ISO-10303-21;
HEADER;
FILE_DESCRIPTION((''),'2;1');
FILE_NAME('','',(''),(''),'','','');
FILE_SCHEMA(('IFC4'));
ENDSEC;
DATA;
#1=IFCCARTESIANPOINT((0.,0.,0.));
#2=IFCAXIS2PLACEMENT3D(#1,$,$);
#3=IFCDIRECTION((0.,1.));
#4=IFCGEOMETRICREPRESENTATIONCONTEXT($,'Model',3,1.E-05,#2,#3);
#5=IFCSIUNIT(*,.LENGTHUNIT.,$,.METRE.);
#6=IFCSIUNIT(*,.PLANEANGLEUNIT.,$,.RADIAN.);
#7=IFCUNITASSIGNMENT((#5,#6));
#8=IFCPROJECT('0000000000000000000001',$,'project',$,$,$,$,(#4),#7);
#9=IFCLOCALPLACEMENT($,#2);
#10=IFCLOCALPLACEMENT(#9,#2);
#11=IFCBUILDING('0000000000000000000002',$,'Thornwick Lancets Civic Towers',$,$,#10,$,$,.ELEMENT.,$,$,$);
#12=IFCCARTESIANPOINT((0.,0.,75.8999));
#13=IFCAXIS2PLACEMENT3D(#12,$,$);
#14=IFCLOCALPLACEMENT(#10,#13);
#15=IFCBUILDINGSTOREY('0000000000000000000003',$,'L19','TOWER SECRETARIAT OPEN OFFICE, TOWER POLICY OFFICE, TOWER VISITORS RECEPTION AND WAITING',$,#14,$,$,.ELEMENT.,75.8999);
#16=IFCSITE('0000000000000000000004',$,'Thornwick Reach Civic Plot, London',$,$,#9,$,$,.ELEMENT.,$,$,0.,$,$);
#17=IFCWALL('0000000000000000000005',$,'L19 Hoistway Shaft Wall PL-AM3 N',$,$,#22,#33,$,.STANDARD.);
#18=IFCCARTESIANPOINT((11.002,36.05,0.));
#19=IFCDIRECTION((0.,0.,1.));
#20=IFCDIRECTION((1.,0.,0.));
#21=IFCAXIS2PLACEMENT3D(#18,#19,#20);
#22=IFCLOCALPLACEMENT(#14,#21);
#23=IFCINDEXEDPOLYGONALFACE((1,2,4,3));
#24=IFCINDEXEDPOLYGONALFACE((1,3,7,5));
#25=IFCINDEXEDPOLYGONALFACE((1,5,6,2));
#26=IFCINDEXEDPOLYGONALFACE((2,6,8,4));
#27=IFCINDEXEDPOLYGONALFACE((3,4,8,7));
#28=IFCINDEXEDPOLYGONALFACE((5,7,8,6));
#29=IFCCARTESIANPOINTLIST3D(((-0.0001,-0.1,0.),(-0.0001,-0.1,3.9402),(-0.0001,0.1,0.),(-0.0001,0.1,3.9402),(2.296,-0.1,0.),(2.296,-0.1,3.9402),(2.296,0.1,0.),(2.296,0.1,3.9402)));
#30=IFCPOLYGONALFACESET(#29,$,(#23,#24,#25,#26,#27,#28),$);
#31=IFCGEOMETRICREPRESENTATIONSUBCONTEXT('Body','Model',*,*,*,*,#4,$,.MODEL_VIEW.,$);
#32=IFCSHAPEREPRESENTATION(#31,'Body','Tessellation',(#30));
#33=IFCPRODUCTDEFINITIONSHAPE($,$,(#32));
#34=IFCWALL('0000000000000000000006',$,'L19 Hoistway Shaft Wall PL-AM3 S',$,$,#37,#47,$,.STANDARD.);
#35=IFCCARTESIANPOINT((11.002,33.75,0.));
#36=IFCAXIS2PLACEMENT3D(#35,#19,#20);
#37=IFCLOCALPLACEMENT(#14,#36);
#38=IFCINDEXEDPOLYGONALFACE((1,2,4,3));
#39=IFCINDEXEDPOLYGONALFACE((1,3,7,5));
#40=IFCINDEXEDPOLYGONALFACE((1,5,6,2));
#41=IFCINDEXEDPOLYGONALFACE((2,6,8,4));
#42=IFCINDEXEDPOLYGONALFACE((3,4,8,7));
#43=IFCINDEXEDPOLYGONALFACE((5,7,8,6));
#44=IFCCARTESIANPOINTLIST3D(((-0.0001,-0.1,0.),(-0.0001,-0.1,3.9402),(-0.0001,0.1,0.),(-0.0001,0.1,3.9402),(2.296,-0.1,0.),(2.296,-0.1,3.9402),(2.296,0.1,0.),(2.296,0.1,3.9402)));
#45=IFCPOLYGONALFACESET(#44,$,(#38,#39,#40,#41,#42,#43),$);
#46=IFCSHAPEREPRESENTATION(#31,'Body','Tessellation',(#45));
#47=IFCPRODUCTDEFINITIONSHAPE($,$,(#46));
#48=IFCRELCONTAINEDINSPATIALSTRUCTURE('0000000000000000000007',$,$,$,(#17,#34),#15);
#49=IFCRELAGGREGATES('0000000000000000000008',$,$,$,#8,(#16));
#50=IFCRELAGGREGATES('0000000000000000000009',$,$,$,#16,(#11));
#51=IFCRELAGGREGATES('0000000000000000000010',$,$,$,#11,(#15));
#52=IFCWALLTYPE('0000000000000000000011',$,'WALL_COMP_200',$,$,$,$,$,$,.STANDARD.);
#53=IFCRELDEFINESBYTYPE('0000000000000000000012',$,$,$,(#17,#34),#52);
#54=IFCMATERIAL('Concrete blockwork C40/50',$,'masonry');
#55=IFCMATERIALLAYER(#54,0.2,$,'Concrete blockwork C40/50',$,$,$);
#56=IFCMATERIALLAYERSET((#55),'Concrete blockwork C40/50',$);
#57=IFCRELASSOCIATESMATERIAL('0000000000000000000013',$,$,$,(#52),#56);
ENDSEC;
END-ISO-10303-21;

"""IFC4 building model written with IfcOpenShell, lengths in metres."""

from ifc_helpers import new_model, si_unit, direction, frame, frame_2d, origin, place, context, subcontext, project, spatial, rectangle, extrude, material, layer, layer_set, type_object, element, save


model = new_model("IFC4")

# Units and contexts
model_context = context("Model", 3, precision=1e-05, world=origin(), true_north=direction((0.0, 1.0)))
body_context = subcontext(model_context, "Body", "Model", "MODEL_VIEW")
ifc_project = project(units=[si_unit("LENGTHUNIT", "METRE"), si_unit("PLANEANGLEUNIT", "RADIAN")], contexts=[model_context])

# Site, building, storey
site_placement = place(None, origin())
site = spatial("IfcSite", under=ifc_project, at=site_placement, Name="Thornwick Reach Civic Plot, London", CompositionType="ELEMENT", RefElevation=0.0)
building_placement = place(site_placement, origin())
building = spatial("IfcBuilding", under=site, at=building_placement, Name="Thornwick Lancets Civic Towers", CompositionType="ELEMENT")
storey_placement = place(building_placement, frame((0.0, 0.0, 75.8999)))
storey = spatial("IfcBuildingStorey", under=building, at=storey_placement, Name="L19", Description="TOWER SECRETARIAT OPEN OFFICE, TOWER POLICY OFFICE, TOWER VISITORS RECEPTION AND WAITING", CompositionType="ELEMENT", Elevation=75.8999)

# Shared definitions
ifc_material_1 = material(Name="Concrete blockwork C40/50", Category="masonry")
ifc_layer_1 = layer(ifc_material_1, 0.2, Name="Concrete blockwork C40/50")
ifc_layer_set_1 = layer_set([ifc_layer_1], Name="Concrete blockwork C40/50")
wall_type_1 = type_object("IfcWallType", Name="WALL_COMP_200", PredefinedType="STANDARD", material=ifc_layer_set_1)

# Walls
for number, where, z_axis, x_axis, name in (
    (1, (11.002, 36.05, 0.0), (0.0, 0.0, 1.0), (1.0, 0.0, 0.0), "L19 Hoistway Shaft Wall PL-AM3 N"),
    (2, (11.002, 33.75, 0.0), (0.0, 0.0, 1.0), (1.0, 0.0, 0.0), "L19 Hoistway Shaft Wall PL-AM3 S"),
):
    element("IfcWall", number, at=place(storey_placement, frame(where, z_axis=z_axis, x_axis=x_axis)), inside=storey, type_object=wall_type_1, Name=name, PredefinedType="STANDARD", context=body_context, shape_type="SweptSolid", body=[
        extrude(rectangle(XDim=2.2961, YDim=0.2, at=frame_2d((1.1479, 0.0))), origin(), (0.0, 0.0, 1.0), 3.9402),
    ])

save(model, "model.ifc")
